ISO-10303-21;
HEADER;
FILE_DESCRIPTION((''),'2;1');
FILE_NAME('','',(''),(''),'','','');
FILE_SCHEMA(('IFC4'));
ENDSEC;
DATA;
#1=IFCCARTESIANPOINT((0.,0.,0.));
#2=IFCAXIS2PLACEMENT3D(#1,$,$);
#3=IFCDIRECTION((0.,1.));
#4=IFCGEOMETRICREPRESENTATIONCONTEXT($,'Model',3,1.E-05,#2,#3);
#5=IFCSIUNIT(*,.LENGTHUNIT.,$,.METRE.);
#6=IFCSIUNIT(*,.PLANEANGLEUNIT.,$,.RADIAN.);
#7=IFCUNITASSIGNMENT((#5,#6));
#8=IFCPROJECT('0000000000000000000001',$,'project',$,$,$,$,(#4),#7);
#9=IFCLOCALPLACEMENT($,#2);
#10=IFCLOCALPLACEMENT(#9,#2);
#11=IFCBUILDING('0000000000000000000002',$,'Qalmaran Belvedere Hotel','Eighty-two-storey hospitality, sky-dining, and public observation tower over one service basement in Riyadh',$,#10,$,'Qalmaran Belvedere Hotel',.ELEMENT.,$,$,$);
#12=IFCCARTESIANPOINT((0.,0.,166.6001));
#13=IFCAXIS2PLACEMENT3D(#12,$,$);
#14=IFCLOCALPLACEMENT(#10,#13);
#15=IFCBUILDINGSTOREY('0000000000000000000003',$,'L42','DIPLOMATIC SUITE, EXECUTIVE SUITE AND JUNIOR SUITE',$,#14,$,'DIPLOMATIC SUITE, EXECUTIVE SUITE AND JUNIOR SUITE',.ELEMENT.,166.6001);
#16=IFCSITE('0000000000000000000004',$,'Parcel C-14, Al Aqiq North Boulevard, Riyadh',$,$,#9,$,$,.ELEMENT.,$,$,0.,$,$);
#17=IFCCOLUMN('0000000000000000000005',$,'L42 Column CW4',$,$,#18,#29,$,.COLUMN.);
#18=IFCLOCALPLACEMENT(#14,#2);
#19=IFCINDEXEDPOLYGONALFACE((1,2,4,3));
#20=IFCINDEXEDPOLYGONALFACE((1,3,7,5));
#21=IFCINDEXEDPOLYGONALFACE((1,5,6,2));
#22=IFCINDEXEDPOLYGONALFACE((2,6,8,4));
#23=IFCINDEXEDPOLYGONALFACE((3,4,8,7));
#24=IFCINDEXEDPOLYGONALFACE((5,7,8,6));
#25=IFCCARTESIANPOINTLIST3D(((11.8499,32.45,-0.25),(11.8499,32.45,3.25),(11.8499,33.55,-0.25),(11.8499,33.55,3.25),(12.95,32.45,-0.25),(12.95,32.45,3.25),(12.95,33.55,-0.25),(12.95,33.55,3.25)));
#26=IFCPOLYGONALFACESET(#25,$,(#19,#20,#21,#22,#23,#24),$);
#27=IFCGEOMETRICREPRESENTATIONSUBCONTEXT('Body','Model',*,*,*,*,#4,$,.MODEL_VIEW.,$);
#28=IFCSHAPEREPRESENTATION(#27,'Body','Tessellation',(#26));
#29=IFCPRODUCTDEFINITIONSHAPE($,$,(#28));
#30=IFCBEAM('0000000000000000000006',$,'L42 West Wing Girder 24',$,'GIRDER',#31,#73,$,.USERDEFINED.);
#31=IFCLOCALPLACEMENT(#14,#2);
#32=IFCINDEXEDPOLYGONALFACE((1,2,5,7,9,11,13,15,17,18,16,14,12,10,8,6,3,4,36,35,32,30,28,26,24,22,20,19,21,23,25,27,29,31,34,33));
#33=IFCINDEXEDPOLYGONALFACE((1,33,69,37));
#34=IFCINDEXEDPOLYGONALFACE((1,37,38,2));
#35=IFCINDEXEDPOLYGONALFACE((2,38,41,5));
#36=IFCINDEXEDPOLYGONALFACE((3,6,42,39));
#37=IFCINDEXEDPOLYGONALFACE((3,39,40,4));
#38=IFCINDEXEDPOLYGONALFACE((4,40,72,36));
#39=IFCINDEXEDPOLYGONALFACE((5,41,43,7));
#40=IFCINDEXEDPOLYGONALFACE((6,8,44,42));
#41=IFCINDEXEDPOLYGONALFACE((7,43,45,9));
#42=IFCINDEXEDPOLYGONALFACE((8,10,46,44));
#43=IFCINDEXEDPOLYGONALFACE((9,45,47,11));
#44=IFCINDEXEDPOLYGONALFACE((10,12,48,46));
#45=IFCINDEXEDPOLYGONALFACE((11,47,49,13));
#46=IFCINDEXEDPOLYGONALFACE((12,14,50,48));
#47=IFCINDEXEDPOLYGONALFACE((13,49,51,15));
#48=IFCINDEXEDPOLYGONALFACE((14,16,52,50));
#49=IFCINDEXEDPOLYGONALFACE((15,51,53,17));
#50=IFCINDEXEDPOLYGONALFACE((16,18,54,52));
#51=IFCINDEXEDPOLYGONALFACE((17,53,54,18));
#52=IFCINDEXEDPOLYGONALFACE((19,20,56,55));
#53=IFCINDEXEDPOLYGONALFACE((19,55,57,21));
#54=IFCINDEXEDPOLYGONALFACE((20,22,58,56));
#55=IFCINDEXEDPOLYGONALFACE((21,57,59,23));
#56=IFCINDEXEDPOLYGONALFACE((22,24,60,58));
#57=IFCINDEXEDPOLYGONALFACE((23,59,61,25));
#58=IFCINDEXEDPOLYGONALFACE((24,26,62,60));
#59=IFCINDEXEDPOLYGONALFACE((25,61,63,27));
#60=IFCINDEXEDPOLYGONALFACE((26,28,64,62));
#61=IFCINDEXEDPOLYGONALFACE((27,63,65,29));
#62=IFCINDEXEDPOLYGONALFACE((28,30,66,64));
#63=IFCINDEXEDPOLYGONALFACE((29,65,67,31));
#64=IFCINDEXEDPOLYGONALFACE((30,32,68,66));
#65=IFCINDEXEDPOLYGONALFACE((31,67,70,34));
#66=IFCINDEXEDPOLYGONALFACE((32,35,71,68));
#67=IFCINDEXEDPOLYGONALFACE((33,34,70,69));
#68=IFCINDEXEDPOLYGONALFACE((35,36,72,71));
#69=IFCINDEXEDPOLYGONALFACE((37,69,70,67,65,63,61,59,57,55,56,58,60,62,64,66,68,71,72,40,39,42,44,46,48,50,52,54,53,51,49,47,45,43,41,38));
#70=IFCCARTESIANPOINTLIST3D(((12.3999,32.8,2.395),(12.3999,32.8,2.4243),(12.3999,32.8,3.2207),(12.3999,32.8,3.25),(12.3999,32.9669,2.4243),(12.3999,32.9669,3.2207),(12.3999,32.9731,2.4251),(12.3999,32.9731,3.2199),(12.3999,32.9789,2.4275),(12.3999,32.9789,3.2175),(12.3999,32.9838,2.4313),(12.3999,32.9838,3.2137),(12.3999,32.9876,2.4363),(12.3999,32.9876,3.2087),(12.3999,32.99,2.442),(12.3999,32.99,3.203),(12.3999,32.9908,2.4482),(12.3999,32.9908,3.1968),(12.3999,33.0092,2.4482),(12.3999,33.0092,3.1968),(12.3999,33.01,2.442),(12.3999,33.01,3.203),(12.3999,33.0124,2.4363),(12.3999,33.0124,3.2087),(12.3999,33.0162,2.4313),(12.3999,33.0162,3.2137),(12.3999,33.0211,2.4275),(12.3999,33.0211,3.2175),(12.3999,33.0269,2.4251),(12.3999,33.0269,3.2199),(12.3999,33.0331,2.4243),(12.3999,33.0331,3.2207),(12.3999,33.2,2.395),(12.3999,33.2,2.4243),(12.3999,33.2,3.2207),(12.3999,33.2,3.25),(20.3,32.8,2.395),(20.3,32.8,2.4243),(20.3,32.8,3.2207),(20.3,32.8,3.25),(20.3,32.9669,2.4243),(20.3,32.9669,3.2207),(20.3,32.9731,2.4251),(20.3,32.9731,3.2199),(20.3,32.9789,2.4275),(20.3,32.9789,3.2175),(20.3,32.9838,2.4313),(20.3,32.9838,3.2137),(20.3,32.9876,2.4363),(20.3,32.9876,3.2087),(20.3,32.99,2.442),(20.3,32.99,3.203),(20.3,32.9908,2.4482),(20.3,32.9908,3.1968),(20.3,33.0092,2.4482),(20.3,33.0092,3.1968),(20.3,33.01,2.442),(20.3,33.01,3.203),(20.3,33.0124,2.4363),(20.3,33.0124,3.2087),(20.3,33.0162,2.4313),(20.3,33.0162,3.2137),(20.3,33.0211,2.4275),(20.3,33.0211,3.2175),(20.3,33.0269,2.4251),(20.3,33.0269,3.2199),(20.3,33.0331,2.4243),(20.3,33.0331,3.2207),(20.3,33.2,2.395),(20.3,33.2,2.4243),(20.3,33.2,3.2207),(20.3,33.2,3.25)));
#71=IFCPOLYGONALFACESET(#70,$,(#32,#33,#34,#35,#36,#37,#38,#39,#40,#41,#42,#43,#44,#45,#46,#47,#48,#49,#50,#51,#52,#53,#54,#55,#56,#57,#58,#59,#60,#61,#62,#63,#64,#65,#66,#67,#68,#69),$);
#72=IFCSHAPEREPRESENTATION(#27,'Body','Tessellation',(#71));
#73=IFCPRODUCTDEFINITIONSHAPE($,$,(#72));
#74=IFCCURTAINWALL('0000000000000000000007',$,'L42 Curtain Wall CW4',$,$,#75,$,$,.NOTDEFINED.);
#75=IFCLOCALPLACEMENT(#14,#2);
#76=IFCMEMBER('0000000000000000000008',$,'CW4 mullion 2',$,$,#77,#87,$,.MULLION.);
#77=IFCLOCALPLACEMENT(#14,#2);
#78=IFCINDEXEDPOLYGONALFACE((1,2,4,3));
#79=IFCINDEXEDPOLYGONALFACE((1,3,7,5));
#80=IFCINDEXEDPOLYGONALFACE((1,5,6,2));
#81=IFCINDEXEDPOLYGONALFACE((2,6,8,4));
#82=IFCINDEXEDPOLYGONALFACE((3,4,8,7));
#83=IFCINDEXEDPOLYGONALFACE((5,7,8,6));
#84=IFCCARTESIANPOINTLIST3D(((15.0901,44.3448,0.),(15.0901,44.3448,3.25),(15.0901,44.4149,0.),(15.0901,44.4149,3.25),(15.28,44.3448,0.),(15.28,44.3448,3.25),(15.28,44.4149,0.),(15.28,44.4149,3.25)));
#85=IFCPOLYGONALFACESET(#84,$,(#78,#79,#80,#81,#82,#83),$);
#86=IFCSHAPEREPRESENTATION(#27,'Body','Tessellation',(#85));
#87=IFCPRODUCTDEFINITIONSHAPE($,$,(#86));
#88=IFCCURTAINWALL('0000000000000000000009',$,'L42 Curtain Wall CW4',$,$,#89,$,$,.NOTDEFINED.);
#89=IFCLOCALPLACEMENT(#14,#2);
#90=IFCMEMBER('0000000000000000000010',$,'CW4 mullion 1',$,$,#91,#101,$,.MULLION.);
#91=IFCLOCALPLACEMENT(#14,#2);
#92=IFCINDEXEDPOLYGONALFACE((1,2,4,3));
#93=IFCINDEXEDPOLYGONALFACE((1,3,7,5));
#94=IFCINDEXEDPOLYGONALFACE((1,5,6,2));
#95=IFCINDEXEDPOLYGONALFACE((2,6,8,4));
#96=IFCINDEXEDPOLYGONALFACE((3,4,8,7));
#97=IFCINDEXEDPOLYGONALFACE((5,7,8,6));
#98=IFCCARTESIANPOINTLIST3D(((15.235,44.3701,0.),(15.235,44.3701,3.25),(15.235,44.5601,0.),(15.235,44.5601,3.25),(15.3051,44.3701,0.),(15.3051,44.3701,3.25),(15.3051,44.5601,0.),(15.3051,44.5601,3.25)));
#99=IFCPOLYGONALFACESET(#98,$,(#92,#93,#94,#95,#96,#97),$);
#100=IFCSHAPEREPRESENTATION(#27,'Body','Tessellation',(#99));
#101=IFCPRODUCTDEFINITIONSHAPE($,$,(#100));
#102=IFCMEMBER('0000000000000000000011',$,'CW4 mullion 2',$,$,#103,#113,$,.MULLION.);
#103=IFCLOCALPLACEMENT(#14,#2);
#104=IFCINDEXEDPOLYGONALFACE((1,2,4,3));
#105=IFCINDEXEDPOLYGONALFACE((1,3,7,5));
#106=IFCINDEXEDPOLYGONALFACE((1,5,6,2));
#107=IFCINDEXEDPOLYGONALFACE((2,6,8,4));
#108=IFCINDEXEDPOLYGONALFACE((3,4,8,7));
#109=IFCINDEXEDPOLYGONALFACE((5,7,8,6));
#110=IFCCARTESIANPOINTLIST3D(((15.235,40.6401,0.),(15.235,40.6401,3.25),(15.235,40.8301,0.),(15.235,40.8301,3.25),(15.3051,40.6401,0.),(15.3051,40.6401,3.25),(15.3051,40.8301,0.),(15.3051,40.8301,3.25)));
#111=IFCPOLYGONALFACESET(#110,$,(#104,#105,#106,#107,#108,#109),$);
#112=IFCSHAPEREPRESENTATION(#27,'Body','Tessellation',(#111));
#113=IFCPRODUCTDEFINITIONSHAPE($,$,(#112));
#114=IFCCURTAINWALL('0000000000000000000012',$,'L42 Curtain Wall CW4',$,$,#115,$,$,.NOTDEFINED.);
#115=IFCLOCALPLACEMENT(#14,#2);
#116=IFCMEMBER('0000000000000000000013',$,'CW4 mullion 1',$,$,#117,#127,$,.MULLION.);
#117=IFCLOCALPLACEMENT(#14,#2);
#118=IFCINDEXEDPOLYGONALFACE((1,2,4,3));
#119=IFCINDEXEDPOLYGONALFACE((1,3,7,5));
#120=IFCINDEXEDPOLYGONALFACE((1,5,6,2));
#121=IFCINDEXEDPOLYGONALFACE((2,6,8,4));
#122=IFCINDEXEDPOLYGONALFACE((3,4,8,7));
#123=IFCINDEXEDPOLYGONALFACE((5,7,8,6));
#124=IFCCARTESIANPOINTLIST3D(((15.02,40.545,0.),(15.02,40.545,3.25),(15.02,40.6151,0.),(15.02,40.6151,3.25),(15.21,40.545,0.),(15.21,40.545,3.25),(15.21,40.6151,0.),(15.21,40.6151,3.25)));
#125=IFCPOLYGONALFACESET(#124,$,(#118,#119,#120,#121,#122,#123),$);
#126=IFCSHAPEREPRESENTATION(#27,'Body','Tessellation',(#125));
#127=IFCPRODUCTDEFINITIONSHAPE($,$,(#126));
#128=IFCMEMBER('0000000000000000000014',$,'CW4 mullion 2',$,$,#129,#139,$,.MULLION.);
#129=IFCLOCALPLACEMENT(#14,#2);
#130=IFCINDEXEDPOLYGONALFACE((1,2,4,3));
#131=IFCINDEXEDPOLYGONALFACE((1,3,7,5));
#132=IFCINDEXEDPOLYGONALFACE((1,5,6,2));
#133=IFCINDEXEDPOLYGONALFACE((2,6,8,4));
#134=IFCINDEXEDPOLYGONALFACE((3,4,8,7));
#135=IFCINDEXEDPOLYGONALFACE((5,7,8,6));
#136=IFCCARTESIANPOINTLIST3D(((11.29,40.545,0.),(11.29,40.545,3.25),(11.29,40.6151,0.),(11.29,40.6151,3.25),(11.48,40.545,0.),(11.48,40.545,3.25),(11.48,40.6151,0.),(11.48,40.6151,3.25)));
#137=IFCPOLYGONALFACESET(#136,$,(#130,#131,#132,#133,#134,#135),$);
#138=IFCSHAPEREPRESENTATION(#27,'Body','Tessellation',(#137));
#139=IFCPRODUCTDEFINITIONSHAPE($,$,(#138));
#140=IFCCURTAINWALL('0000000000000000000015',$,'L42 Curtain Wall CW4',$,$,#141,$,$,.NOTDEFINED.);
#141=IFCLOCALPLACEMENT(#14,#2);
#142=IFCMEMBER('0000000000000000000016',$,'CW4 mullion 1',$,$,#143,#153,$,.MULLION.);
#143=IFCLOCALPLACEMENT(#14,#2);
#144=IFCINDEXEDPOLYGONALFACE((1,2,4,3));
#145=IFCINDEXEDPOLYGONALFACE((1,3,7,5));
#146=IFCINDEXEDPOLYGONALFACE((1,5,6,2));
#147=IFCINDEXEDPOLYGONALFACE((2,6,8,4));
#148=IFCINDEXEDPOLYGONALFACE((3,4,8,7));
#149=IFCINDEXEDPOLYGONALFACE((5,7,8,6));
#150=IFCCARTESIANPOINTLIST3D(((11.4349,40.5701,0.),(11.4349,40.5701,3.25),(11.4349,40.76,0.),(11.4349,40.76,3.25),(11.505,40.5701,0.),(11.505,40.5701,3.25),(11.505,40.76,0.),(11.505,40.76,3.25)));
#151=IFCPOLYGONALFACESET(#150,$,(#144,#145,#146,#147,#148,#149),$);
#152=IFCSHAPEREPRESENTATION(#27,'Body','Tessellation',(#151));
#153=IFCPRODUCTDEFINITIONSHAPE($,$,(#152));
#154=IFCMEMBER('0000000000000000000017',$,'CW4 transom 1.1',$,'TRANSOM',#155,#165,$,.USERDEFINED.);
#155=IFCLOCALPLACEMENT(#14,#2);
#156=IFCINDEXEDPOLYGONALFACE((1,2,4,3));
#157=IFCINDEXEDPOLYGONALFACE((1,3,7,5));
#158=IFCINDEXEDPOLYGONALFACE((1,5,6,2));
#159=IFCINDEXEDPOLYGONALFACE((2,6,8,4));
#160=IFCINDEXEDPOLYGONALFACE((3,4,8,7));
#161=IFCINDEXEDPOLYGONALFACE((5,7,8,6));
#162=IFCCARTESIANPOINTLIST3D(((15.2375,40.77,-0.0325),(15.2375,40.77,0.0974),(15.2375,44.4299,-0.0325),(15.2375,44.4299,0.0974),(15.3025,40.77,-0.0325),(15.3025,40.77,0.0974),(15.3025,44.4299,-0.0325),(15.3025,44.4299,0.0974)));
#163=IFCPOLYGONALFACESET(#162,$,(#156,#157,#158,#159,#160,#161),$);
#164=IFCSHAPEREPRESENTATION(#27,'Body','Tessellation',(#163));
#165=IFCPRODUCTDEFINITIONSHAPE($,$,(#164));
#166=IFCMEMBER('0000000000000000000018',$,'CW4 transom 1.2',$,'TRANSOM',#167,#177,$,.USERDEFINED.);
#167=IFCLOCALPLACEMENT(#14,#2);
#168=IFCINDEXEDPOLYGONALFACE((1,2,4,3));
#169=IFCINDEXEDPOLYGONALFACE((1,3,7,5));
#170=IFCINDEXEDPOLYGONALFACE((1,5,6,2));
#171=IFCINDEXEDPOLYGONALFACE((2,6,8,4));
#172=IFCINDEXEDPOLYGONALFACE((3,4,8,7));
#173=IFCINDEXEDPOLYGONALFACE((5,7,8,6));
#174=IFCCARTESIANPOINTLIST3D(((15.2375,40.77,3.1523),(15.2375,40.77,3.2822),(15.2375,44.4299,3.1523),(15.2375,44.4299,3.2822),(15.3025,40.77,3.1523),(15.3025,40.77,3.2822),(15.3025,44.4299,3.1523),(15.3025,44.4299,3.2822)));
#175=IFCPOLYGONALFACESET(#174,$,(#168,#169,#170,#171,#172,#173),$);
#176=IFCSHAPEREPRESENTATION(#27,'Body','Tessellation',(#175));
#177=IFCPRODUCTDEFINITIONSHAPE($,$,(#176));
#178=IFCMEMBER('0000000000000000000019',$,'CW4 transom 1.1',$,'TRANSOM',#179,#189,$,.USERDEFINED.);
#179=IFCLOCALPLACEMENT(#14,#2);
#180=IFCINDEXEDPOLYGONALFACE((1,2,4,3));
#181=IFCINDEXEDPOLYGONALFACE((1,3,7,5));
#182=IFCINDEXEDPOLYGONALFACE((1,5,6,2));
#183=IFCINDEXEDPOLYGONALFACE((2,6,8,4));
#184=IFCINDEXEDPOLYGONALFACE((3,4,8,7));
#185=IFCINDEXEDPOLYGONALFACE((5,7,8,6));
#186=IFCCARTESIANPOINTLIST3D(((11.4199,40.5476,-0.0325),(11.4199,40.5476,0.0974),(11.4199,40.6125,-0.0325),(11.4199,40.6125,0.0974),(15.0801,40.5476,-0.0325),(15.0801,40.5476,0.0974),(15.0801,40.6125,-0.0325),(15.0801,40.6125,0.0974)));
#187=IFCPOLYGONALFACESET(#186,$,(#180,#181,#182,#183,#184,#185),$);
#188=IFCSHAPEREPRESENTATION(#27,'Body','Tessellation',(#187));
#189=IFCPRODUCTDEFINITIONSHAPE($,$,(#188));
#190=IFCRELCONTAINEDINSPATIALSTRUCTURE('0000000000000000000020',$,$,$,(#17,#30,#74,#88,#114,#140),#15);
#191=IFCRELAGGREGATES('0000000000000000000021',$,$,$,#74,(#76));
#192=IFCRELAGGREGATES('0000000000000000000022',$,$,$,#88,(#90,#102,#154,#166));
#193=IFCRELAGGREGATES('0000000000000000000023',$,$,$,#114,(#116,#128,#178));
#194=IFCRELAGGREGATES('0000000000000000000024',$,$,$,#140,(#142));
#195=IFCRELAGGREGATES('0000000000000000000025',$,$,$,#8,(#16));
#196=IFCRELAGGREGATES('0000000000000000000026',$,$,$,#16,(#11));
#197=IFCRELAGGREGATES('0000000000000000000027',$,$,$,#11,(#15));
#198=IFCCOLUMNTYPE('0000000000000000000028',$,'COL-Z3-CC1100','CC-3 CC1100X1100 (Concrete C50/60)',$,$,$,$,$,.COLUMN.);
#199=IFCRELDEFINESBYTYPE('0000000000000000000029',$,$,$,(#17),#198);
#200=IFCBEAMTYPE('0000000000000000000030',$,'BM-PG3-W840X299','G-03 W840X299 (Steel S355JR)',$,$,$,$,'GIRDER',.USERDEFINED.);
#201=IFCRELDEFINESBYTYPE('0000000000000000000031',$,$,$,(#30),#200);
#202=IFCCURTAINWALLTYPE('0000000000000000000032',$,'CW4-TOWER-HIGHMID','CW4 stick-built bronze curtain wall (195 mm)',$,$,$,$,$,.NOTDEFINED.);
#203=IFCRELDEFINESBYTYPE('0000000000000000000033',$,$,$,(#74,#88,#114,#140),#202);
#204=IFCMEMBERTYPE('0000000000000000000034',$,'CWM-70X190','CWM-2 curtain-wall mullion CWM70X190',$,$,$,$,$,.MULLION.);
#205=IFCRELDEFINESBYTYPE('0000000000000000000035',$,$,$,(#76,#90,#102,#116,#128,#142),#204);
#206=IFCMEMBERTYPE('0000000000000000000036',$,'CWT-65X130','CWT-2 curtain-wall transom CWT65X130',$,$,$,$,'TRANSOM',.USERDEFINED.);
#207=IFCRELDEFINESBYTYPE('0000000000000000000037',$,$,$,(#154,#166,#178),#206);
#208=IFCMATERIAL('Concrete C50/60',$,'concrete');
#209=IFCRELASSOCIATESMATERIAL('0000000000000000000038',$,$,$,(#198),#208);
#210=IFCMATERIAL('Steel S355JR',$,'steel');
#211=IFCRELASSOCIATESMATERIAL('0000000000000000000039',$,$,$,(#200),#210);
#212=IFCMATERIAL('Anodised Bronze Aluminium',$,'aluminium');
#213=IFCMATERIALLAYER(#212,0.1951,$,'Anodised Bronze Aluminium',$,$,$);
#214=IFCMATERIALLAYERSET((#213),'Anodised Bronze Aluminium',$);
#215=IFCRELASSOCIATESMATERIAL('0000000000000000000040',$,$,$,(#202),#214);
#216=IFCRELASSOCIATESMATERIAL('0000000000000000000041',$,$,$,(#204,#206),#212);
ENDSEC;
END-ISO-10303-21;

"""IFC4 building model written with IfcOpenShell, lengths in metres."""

from ifc_helpers import new_model, si_unit, direction, frame, origin, origin_2d, place, context, subcontext, project, spatial, rectangle, i_section, extrude, material, layer, layer_set, material_profile, profile_set, type_object, element, aggregate, save


model = new_model("IFC4")

# Units and contexts
model_context = context("Model", 3, precision=1e-05, world=origin(), true_north=direction((0.0, 1.0)))
body_context = subcontext(model_context, "Body", "Model", "MODEL_VIEW")
ifc_project = project(units=[si_unit("LENGTHUNIT", "METRE"), si_unit("PLANEANGLEUNIT", "RADIAN")], contexts=[model_context])

# Site, building, storey
site_placement = place(None, origin())
site = spatial("IfcSite", under=ifc_project, at=site_placement, Name="Parcel C-14, Al Aqiq North Boulevard, Riyadh", CompositionType="ELEMENT", RefElevation=0.0)
building_placement = place(site_placement, origin())
building = spatial("IfcBuilding", under=site, at=building_placement, Name="Qalmaran Belvedere Hotel", Description="Eighty-two-storey hospitality, sky-dining, and public observation tower over one service basement in Riyadh", LongName="Qalmaran Belvedere Hotel", CompositionType="ELEMENT")
storey_placement = place(building_placement, frame((0.0, 0.0, 166.6001)))
storey = spatial("IfcBuildingStorey", under=building, at=storey_placement, Name="L42", Description="DIPLOMATIC SUITE, EXECUTIVE SUITE AND JUNIOR SUITE", LongName="DIPLOMATIC SUITE, EXECUTIVE SUITE AND JUNIOR SUITE", CompositionType="ELEMENT", Elevation=166.6001)

# Column
ifc_material_1 = material(Name="Concrete C50/60", Category="concrete")
ifc_material_profile_1 = material_profile(ifc_material_1, rectangle(XDim=1.1001, YDim=1.1001, at=origin_2d()), Name="CC1100X1100")
ifc_profile_set_1 = profile_set([ifc_material_profile_1], Name="Concrete C50/60")
column_type = type_object("IfcColumnType", Name="COL-Z3-CC1100", Description="CC-3 CC1100X1100 (Concrete C50/60)", PredefinedType="COLUMN", material=ifc_profile_set_1)
column_placement = place(storey_placement, frame((12.3999, 33.0, -0.25), z_axis=(0.0, 0.0, 1.0), x_axis=(1.0, 0.0, 0.0)))
element("IfcColumn", 1, at=column_placement, inside=storey, type_object=column_type, Name="L42 Column CW4", PredefinedType="COLUMN", context=body_context, shape_type="SweptSolid", body=[
    extrude(rectangle(XDim=1.1001, YDim=1.1001, at=origin_2d()), origin(), (0.0, 0.0, 1.0), 3.5),
])

# Beam
ifc_material_2 = material(Name="Steel S355JR", Category="steel")
ifc_material_profile_2 = material_profile(ifc_material_2, i_section(OverallWidth=0.3999, OverallDepth=0.855, WebThickness=0.0183, FlangeThickness=0.0293, FilletRadius=0.0239, at=origin_2d()), Name="W840X299")
ifc_profile_set_2 = profile_set([ifc_material_profile_2], Name="Steel S355JR")
beam_type = type_object("IfcBeamType", Name="BM-PG3-W840X299", Description="G-03 W840X299 (Steel S355JR)", ElementType="GIRDER", PredefinedType="USERDEFINED", material=ifc_profile_set_2)
beam_placement = place(storey_placement, frame((12.3999, 33.0, 2.8225), z_axis=(1.0, 0.0, 0.0), x_axis=(0.0, 1.0, 0.0)))
element("IfcBeam", 2, at=beam_placement, inside=storey, type_object=beam_type, Name="L42 West Wing Girder 24", ObjectType="GIRDER", PredefinedType="USERDEFINED", context=body_context, shape_type="SweptSolid", body=[
    extrude(i_section(OverallWidth=0.3999, OverallDepth=0.855, WebThickness=0.0183, FlangeThickness=0.0293, FilletRadius=0.0239, at=origin_2d()), origin(), (0.0, 0.0, 1.0), 7.9001),
])

# Curtain wall, member
ifc_material_3 = material(Name="Anodised Bronze Aluminium", Category="aluminium")
ifc_layer_1 = layer(ifc_material_3, 0.1951, Name="Anodised Bronze Aluminium")
ifc_layer_set_1 = layer_set([ifc_layer_1], Name="Anodised Bronze Aluminium")
curtain_wall_type = type_object("IfcCurtainWallType", Name="CW4-TOWER-HIGHMID", Description="CW4 stick-built bronze curtain wall (195 mm)", PredefinedType="NOTDEFINED", material=ifc_layer_set_1)
curtain_wall_1_placement = place(storey_placement, origin())
curtain_wall_1 = element("IfcCurtainWall", 3, at=curtain_wall_1_placement, inside=storey, type_object=curtain_wall_type, Name="L42 Curtain Wall CW4", PredefinedType="NOTDEFINED")
ifc_material_profile_3 = material_profile(ifc_material_3, rectangle(XDim=0.0701, YDim=0.1899, at=origin_2d()), Name="CWM70X190")
ifc_profile_set_3 = profile_set([ifc_material_profile_3], Name="Anodised Bronze Aluminium")
member_type_1 = type_object("IfcMemberType", Name="CWM-70X190", Description="CWM-2 curtain-wall mullion CWM70X190", PredefinedType="MULLION", material=ifc_profile_set_3)
member_1_placement = place(storey_placement, frame((15.1851, 44.3799, 0.0), z_axis=(0.0, 0.0, 1.0), x_axis=(0.0, -1.0, 0.0)))
member_1 = element("IfcMember", 4, at=member_1_placement, type_object=member_type_1, Name="CW4 mullion 2", PredefinedType="MULLION", context=body_context, shape_type="SweptSolid", body=[
    extrude(rectangle(XDim=0.0701, YDim=0.1899, at=origin_2d()), origin(), (0.0, 0.0, 1.0), 3.25),
])
aggregate(curtain_wall_1, [member_1])

# Curtain walls, members
curtain_wall_2_placement = place(storey_placement, origin())
curtain_wall_2 = element("IfcCurtainWall", 5, at=curtain_wall_2_placement, inside=storey, type_object=curtain_wall_type, Name="L42 Curtain Wall CW4", PredefinedType="NOTDEFINED")
member_2_placement = place(storey_placement, frame((15.27, 44.4651, 0.0), z_axis=(0.0, 0.0, 1.0), x_axis=(1.0, 0.0, 0.0)))
member_2 = element("IfcMember", 6, at=member_2_placement, type_object=member_type_1, Name="CW4 mullion 1", PredefinedType="MULLION", context=body_context, shape_type="SweptSolid", body=[
    extrude(rectangle(XDim=0.0701, YDim=0.1899, at=origin_2d()), origin(), (0.0, 0.0, 1.0), 3.25),
])
member_3_placement = place(storey_placement, frame((15.27, 40.7351, 0.0), z_axis=(0.0, 0.0, 1.0), x_axis=(1.0, 0.0, 0.0)))
member_3 = element("IfcMember", 7, at=member_3_placement, type_object=member_type_1, Name="CW4 mullion 2", PredefinedType="MULLION", context=body_context, shape_type="SweptSolid", body=[
    extrude(rectangle(XDim=0.0701, YDim=0.1899, at=origin_2d()), origin(), (0.0, 0.0, 1.0), 3.25),
])
curtain_wall_3_placement = place(storey_placement, origin())
curtain_wall_3 = element("IfcCurtainWall", 8, at=curtain_wall_3_placement, inside=storey, type_object=curtain_wall_type, Name="L42 Curtain Wall CW4", PredefinedType="NOTDEFINED")
member_4_placement = place(storey_placement, frame((15.115, 40.5801, 0.0), z_axis=(0.0, 0.0, 1.0), x_axis=(0.0, -1.0, 0.0)))
member_4 = element("IfcMember", 9, at=member_4_placement, type_object=member_type_1, Name="CW4 mullion 1", PredefinedType="MULLION", context=body_context, shape_type="SweptSolid", body=[
    extrude(rectangle(XDim=0.0701, YDim=0.1899, at=origin_2d()), origin(), (0.0, 0.0, 1.0), 3.25),
])
member_5_placement = place(storey_placement, frame((11.385, 40.5801, 0.0), z_axis=(0.0, 0.0, 1.0), x_axis=(0.0, -1.0, 0.0)))
member_5 = element("IfcMember", 10, at=member_5_placement, type_object=member_type_1, Name="CW4 mullion 2", PredefinedType="MULLION", context=body_context, shape_type="SweptSolid", body=[
    extrude(rectangle(XDim=0.0701, YDim=0.1899, at=origin_2d()), origin(), (0.0, 0.0, 1.0), 3.25),
])

# Curtain wall, member
curtain_wall_4_placement = place(storey_placement, origin())
curtain_wall_4 = element("IfcCurtainWall", 11, at=curtain_wall_4_placement, inside=storey, type_object=curtain_wall_type, Name="L42 Curtain Wall CW4", PredefinedType="NOTDEFINED")
member_6_placement = place(storey_placement, frame((11.47, 40.665, 0.0), z_axis=(0.0, 0.0, 1.0), x_axis=(1.0, 0.0, 0.0)))
member_6 = element("IfcMember", 12, at=member_6_placement, type_object=member_type_1, Name="CW4 mullion 1", PredefinedType="MULLION", context=body_context, shape_type="SweptSolid", body=[
    extrude(rectangle(XDim=0.0701, YDim=0.1899, at=origin_2d()), origin(), (0.0, 0.0, 1.0), 3.25),
])

# Members
ifc_material_profile_4 = material_profile(ifc_material_3, rectangle(XDim=0.0649, YDim=0.1299, at=origin_2d()), Name="CWT65X130")
ifc_profile_set_4 = profile_set([ifc_material_profile_4], Name="Anodised Bronze Aluminium")
member_type_2 = type_object("IfcMemberType", Name="CWT-65X130", Description="CWT-2 curtain-wall transom CWT65X130", ElementType="TRANSOM", PredefinedType="USERDEFINED", material=ifc_profile_set_4)
member_7_placement = place(storey_placement, frame((15.27, 44.4299, 0.0325), z_axis=(0.0, -1.0, 0.0), x_axis=(1.0, 0.0, 0.0)))
member_7 = element("IfcMember", 13, at=member_7_placement, type_object=member_type_2, Name="CW4 transom 1.1", ObjectType="TRANSOM", PredefinedType="USERDEFINED", context=body_context, shape_type="SweptSolid", body=[
    extrude(rectangle(XDim=0.0649, YDim=0.1299, at=origin_2d()), origin(), (0.0, 0.0, 1.0), 3.6599),
])
member_8_placement = place(storey_placement, frame((15.27, 44.4299, 3.2173), z_axis=(0.0, -1.0, 0.0), x_axis=(1.0, 0.0, 0.0)))
member_8 = element("IfcMember", 14, at=member_8_placement, type_object=member_type_2, Name="CW4 transom 1.2", ObjectType="TRANSOM", PredefinedType="USERDEFINED", context=body_context, shape_type="SweptSolid", body=[
    extrude(rectangle(XDim=0.0649, YDim=0.1299, at=origin_2d()), origin(), (0.0, 0.0, 1.0), 3.6599),
])
member_9_placement = place(storey_placement, frame((15.0801, 40.5801, 0.0325), z_axis=(-1.0, 0.0, 0.0), x_axis=(0.0, -1.0, 0.0)))
member_9 = element("IfcMember", 15, at=member_9_placement, type_object=member_type_2, Name="CW4 transom 1.1", ObjectType="TRANSOM", PredefinedType="USERDEFINED", context=body_context, shape_type="SweptSolid", body=[
    extrude(rectangle(XDim=0.0649, YDim=0.1299, at=origin_2d()), origin(), (0.0, 0.0, 1.0), 3.6602),
])

aggregate(curtain_wall_2, [member_2, member_3, member_7, member_8])
aggregate(curtain_wall_3, [member_4, member_5, member_9])
aggregate(curtain_wall_4, [member_6])

save(model, "model.ifc")
